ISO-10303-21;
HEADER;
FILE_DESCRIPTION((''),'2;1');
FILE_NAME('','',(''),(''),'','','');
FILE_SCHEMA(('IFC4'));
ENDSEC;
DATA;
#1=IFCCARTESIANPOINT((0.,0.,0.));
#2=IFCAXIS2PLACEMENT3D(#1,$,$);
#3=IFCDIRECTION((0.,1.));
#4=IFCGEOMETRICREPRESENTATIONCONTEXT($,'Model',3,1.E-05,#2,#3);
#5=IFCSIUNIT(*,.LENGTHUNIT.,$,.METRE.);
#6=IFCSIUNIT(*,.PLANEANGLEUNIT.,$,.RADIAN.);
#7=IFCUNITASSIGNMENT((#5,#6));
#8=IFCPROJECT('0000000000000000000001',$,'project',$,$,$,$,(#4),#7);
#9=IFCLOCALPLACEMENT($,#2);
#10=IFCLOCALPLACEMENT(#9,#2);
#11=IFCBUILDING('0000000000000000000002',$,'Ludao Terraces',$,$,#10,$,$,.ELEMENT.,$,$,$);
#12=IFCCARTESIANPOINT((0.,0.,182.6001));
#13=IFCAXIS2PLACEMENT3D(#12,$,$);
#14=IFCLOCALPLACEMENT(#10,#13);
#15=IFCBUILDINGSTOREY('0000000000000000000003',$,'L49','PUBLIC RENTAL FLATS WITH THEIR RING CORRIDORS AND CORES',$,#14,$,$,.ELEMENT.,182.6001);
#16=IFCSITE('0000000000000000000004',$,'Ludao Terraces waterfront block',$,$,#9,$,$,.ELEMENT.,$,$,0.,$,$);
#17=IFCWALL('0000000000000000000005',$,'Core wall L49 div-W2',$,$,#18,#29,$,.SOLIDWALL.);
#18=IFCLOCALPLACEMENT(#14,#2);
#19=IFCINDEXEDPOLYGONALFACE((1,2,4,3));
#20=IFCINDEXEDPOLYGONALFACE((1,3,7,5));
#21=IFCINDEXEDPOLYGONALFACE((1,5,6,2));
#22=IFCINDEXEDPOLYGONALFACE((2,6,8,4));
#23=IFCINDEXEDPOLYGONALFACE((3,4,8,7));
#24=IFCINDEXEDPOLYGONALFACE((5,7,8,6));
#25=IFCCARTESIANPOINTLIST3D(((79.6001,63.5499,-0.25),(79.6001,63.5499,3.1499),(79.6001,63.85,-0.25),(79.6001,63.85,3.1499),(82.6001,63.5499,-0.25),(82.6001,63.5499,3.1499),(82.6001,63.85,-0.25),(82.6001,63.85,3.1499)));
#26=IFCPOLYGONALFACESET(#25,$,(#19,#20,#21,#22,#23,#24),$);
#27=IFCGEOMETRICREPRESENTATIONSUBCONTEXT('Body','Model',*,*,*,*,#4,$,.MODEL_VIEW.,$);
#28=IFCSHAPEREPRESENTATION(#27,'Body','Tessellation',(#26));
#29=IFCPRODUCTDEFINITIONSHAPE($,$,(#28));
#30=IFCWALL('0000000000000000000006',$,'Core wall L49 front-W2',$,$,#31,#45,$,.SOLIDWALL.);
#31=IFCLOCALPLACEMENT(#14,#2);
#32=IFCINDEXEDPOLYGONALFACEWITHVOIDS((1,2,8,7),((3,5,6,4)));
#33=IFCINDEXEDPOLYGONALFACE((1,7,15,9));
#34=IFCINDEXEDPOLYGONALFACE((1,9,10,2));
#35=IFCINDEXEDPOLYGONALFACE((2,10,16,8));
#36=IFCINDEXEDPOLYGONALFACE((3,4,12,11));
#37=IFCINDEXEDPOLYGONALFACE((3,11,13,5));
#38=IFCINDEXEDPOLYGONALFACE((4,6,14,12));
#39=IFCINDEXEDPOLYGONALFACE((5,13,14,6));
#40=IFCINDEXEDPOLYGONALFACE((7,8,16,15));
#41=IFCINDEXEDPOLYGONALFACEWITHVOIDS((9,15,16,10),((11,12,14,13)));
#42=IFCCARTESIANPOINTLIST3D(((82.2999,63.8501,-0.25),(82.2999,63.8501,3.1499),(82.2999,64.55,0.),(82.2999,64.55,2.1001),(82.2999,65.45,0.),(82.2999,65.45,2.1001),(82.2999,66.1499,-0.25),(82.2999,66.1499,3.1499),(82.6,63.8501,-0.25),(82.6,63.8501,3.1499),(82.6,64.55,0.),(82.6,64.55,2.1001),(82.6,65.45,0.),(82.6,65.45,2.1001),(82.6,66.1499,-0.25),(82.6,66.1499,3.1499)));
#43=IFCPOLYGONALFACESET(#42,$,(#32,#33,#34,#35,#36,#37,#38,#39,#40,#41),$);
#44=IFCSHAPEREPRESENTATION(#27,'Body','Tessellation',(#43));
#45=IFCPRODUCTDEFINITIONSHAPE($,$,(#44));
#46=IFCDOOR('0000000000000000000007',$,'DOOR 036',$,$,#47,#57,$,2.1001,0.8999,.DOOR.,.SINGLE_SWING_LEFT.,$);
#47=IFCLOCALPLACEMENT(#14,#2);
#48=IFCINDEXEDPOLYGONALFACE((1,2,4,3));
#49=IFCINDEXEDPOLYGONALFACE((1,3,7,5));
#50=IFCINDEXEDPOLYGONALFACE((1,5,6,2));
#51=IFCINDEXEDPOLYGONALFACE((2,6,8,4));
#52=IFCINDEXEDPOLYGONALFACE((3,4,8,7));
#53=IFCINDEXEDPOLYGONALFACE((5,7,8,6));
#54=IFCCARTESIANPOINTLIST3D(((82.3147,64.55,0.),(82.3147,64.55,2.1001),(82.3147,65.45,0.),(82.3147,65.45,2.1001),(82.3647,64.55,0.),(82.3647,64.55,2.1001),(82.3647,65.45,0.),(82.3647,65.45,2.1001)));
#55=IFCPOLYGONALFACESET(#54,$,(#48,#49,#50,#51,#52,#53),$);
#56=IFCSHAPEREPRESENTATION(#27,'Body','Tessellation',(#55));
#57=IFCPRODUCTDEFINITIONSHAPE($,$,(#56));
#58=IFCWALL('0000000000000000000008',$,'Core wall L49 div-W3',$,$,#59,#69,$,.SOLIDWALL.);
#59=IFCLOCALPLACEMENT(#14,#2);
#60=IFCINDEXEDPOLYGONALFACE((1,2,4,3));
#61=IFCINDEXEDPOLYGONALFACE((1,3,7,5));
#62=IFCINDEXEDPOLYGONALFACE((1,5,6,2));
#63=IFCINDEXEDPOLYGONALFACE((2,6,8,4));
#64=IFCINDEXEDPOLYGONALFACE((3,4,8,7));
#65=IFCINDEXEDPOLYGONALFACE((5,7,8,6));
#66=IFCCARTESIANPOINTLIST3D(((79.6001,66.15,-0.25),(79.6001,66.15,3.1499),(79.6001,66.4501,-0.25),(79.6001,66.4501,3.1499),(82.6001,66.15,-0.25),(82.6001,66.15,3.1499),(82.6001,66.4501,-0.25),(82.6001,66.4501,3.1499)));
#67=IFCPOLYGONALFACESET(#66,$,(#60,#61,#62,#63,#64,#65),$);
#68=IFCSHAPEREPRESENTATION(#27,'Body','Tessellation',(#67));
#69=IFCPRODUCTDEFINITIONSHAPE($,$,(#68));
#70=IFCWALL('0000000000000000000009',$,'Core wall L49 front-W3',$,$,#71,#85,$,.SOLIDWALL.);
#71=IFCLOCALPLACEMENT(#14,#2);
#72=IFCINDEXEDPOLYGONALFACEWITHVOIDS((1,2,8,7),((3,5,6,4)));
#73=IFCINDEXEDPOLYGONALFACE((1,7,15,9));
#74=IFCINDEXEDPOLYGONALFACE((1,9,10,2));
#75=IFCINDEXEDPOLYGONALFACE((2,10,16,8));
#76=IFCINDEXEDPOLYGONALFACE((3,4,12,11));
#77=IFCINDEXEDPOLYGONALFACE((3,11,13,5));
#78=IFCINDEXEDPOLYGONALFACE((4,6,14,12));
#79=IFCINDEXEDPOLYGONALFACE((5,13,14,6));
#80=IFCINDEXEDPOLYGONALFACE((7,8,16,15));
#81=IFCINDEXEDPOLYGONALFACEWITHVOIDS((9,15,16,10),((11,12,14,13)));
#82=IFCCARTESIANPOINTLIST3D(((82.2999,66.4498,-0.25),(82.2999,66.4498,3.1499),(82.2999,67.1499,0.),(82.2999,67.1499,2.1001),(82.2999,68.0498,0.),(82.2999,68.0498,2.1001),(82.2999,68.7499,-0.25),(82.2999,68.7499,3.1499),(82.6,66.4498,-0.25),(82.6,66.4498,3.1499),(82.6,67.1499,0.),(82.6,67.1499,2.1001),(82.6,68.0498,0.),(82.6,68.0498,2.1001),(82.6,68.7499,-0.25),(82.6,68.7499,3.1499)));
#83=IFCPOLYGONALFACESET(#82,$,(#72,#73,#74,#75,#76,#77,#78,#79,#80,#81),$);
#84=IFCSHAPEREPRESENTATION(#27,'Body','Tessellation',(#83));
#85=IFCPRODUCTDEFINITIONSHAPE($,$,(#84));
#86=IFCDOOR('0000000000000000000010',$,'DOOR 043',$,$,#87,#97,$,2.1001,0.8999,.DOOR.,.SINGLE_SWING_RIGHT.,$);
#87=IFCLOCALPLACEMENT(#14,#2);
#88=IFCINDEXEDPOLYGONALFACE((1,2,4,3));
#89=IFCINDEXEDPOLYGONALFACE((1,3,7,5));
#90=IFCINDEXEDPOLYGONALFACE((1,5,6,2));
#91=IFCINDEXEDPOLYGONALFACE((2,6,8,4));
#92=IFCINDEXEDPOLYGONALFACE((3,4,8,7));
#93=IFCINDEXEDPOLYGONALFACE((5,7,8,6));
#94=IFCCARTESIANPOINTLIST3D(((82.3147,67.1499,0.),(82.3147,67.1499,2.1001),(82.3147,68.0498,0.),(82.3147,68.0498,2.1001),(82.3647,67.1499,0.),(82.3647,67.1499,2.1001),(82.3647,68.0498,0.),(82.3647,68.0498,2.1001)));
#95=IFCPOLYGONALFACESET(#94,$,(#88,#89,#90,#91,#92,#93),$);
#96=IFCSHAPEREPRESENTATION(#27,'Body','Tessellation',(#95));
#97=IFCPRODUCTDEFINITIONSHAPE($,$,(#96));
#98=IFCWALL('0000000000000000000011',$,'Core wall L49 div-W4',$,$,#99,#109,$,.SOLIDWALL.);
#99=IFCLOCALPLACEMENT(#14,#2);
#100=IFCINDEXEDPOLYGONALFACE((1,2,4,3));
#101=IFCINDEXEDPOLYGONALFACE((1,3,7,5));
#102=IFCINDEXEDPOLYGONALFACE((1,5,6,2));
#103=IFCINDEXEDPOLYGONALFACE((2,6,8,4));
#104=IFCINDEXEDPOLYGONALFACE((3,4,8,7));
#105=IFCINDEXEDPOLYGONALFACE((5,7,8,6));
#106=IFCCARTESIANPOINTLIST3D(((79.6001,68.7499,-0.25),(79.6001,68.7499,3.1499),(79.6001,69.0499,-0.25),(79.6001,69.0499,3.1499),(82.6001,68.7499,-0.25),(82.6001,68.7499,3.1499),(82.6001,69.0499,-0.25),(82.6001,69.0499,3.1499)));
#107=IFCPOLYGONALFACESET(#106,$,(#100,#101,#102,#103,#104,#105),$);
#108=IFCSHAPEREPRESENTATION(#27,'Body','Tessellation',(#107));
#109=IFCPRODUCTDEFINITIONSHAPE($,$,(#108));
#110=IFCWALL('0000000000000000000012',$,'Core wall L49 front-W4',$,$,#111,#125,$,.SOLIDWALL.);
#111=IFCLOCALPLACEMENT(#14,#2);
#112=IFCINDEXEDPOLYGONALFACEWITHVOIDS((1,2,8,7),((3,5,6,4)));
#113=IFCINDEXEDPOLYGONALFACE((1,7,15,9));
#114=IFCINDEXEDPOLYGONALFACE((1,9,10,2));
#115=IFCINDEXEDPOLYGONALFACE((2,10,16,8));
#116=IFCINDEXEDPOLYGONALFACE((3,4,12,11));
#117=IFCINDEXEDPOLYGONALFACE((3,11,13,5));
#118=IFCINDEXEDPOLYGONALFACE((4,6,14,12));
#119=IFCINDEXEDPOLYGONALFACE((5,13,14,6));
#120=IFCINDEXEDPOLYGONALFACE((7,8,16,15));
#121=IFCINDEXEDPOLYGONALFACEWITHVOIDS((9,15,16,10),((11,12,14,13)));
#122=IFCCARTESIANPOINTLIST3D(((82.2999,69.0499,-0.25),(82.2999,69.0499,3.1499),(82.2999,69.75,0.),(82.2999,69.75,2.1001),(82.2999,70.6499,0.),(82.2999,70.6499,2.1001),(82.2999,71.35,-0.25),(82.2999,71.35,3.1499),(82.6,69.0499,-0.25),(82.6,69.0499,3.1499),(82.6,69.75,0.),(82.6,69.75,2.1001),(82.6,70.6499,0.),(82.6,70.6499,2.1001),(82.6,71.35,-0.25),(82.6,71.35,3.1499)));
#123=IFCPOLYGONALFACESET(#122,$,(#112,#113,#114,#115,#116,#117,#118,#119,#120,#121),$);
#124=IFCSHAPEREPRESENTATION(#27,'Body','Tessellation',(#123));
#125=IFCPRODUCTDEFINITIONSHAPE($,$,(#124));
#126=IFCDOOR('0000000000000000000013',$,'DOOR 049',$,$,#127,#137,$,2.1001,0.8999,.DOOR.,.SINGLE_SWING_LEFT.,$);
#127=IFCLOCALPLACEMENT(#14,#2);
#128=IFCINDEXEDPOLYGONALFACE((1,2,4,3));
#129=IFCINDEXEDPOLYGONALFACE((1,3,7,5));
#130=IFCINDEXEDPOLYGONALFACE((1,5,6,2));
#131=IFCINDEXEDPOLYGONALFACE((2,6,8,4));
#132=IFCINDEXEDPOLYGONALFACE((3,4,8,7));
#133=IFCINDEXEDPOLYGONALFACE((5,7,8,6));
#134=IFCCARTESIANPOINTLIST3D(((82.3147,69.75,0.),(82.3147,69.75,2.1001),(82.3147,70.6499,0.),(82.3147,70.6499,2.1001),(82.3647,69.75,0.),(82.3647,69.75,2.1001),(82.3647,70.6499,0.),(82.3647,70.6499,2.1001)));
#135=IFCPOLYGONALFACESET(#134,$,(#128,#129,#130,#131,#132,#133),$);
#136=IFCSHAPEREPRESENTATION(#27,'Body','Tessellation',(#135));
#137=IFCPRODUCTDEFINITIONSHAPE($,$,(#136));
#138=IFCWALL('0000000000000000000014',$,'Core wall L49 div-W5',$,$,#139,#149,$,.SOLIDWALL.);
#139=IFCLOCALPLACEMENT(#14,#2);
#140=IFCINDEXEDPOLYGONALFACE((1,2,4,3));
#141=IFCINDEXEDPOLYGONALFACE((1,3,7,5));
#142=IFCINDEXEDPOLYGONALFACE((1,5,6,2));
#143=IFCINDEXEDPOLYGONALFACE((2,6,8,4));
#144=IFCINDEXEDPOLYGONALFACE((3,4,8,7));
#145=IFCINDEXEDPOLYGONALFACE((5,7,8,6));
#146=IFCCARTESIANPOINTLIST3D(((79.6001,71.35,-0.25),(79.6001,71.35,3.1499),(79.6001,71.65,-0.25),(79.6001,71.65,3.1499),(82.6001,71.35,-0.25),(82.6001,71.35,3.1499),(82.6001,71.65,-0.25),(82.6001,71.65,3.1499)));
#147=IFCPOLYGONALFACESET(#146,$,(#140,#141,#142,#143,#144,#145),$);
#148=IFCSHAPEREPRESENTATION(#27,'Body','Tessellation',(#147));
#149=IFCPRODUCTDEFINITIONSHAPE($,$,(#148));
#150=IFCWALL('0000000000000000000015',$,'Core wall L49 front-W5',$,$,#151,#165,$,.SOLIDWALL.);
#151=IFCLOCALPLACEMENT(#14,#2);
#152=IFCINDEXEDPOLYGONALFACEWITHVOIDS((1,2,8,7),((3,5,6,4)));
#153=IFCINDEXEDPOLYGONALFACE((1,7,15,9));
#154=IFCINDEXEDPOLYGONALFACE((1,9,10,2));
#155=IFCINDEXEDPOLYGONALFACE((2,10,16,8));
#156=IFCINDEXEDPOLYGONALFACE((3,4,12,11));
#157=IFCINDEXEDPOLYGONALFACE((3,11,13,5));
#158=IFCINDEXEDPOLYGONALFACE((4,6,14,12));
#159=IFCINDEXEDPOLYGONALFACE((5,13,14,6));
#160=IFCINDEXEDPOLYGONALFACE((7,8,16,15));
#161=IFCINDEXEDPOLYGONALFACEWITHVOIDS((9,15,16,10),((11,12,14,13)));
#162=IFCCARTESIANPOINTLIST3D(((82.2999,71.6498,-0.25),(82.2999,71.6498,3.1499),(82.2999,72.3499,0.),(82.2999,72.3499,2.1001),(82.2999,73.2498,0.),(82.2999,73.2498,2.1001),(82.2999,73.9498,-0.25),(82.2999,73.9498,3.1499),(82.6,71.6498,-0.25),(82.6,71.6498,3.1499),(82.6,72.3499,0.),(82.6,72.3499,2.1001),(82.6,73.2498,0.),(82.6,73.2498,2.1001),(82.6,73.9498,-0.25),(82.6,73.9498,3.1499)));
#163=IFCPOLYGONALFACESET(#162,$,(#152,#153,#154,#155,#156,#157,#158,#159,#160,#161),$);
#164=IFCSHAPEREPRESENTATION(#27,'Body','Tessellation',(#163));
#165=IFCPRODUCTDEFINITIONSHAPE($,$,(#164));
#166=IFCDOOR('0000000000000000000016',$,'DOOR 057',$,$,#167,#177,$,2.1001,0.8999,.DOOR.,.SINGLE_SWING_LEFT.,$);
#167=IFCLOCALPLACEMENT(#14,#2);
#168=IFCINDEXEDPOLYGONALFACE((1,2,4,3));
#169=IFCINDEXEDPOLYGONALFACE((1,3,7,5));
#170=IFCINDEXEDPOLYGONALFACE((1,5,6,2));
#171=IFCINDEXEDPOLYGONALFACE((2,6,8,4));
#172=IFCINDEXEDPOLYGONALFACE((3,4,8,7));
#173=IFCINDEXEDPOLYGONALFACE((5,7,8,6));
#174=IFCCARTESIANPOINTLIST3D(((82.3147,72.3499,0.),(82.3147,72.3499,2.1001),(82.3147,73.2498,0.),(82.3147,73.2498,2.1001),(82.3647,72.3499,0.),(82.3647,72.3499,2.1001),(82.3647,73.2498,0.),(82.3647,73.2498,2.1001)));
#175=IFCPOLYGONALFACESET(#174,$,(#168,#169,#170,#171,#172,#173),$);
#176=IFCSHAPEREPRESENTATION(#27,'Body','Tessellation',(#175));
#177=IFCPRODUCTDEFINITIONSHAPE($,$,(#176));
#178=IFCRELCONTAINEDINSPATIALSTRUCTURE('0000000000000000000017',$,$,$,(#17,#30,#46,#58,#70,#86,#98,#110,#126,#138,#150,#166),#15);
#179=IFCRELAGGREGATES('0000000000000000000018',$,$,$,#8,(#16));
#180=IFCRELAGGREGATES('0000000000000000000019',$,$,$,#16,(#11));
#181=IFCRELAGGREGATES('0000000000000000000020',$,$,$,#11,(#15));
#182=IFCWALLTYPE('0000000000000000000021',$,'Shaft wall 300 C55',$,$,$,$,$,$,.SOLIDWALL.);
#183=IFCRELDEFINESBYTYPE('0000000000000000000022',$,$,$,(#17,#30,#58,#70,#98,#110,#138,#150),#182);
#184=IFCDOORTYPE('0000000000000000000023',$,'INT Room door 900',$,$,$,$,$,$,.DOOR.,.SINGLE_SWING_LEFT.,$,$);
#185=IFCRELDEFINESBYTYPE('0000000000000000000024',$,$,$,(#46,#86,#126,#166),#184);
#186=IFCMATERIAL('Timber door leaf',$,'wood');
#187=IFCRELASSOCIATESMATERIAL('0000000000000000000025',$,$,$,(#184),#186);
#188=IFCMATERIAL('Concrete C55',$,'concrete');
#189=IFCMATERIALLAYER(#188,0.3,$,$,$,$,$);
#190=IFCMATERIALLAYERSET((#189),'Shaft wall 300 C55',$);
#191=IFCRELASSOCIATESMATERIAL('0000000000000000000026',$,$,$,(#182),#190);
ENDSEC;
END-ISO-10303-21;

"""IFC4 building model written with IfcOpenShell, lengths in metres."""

from ifc_helpers import new_model, si_unit, direction, frame, frame_2d, origin, place, context, subcontext, project, spatial, rectangle, extrude, material, layer, layer_set, type_object, element, fill, save


model = new_model("IFC4")

# Units and contexts
model_context = context("Model", 3, precision=1e-05, world=origin(), true_north=direction((0.0, 1.0)))
body_context = subcontext(model_context, "Body", "Model", "MODEL_VIEW")
ifc_project = project(units=[si_unit("LENGTHUNIT", "METRE"), si_unit("PLANEANGLEUNIT", "RADIAN")], contexts=[model_context])

# Site, building, storey
site_placement = place(None, origin())
site = spatial("IfcSite", under=ifc_project, at=site_placement, Name="Ludao Terraces waterfront block", CompositionType="ELEMENT", RefElevation=0.0)
building_placement = place(site_placement, origin())
building = spatial("IfcBuilding", under=site, at=building_placement, Name="Ludao Terraces", CompositionType="ELEMENT")
storey_placement = place(building_placement, frame((0.0, 0.0, 182.6001)))
storey = spatial("IfcBuildingStorey", under=building, at=storey_placement, Name="L49", Description="PUBLIC RENTAL FLATS WITH THEIR RING CORRIDORS AND CORES", CompositionType="ELEMENT", Elevation=182.6001)

# Shared definitions
ifc_material_1 = material(Name="Timber door leaf", Category="wood")
door_type_1 = type_object("IfcDoorType", Name="INT Room door 900", OperationType="SINGLE_SWING_LEFT", PredefinedType="DOOR", material=ifc_material_1)

# Wall
ifc_material_2 = material(Name="Concrete C55", Category="concrete")
ifc_layer_1 = layer(ifc_material_2, 0.3)
ifc_layer_set_1 = layer_set([ifc_layer_1], Name="Shaft wall 300 C55")
wall_type_1 = type_object("IfcWallType", Name="Shaft wall 300 C55", PredefinedType="SOLIDWALL", material=ifc_layer_set_1)
wall_1_placement = place(storey_placement, frame((79.6001, 63.7, -0.25), z_axis=(0.0, 0.0, 1.0), x_axis=(1.0, 0.0, 0.0)))
element("IfcWall", 1, at=wall_1_placement, inside=storey, type_object=wall_type_1, Name="Core wall L49 div-W2", PredefinedType="SOLIDWALL", context=body_context, shape_type="SweptSolid", body=[
    extrude(rectangle(XDim=3.0, YDim=0.3, at=frame_2d((1.5, 0.0))), origin(), (0.0, 0.0, 1.0), 3.3999),
])

# Wall, opening, door
wall_2_placement = place(storey_placement, frame((82.45, 63.8501, -0.25), z_axis=(0.0, 0.0, 1.0), x_axis=(0.0, 1.0, 0.0)))
wall_2 = element("IfcWall", 2, at=wall_2_placement, inside=storey, type_object=wall_type_1, Name="Core wall L49 front-W2", PredefinedType="SOLIDWALL", context=body_context, shape_type="SweptSolid", body=[
    extrude(rectangle(XDim=2.2998, YDim=0.3, at=frame_2d((1.1499, 0.0))), origin(), (0.0, 0.0, 1.0), 3.3999),
])
opening_1_placement = place(wall_2_placement, frame((0.7, 0.0, 0.25)))
opening_1 = element("IfcOpeningElement", 3, at=opening_1_placement, cuts=wall_2, PredefinedType="OPENING", context=body_context, shape_type="SweptSolid", body=[
    extrude(rectangle(XDim=0.8999, YDim=2.1001, at=frame_2d((0.45, 1.05))), frame((0.0, 0.1602, 0.0), z_axis=(0.0, -1.0, 0.0), x_axis=(1.0, 0.0, 0.0)), (0.0, 0.0, 1.0), 0.3201),
])
door_1_placement = place(opening_1_placement, origin())
door_1 = element("IfcDoor", 4, at=door_1_placement, inside=storey, type_object=door_type_1, Name="DOOR 036", OperationType="SINGLE_SWING_LEFT", OverallHeight=2.1001, OverallWidth=0.8999, PredefinedType="DOOR", context=body_context, shape_type="SweptSolid", body=[
    extrude(rectangle(XDim=0.8999, YDim=2.1001, at=frame_2d((0.45, 1.05))), frame((0.0, 0.1353, 0.0), z_axis=(0.0, -1.0, 0.0), x_axis=(1.0, 0.0, 0.0)), (0.0, 0.0, 1.0), 0.05),
])
fill(opening_1, door_1)

# Wall
wall_3_placement = place(storey_placement, frame((79.6001, 66.3, -0.25), z_axis=(0.0, 0.0, 1.0), x_axis=(1.0, 0.0, 0.0)))
element("IfcWall", 5, at=wall_3_placement, inside=storey, type_object=wall_type_1, Name="Core wall L49 div-W3", PredefinedType="SOLIDWALL", context=body_context, shape_type="SweptSolid", body=[
    extrude(rectangle(XDim=3.0, YDim=0.3, at=frame_2d((1.5, 0.0))), origin(), (0.0, 0.0, 1.0), 3.3999),
])

# Wall, opening, door
wall_4_placement = place(storey_placement, frame((82.45, 66.45, -0.25), z_axis=(0.0, 0.0, 1.0), x_axis=(0.0, 1.0, 0.0)))
wall_4 = element("IfcWall", 6, at=wall_4_placement, inside=storey, type_object=wall_type_1, Name="Core wall L49 front-W3", PredefinedType="SOLIDWALL", context=body_context, shape_type="SweptSolid", body=[
    extrude(rectangle(XDim=2.3, YDim=0.3, at=frame_2d((1.1499, 0.0))), origin(), (0.0, 0.0, 1.0), 3.3999),
])
opening_2_placement = place(wall_4_placement, frame((0.7, 0.0, 0.25)))
opening_2 = element("IfcOpeningElement", 7, at=opening_2_placement, cuts=wall_4, PredefinedType="OPENING", context=body_context, shape_type="SweptSolid", body=[
    extrude(rectangle(XDim=0.8999, YDim=2.1001, at=frame_2d((0.45, 1.05))), frame((0.0, 0.1602, 0.0), z_axis=(0.0, -1.0, 0.0), x_axis=(1.0, 0.0, 0.0)), (0.0, 0.0, 1.0), 0.3201),
])
door_2_placement = place(opening_2_placement, origin())
door_2 = element("IfcDoor", 8, at=door_2_placement, inside=storey, type_object=door_type_1, Name="DOOR 043", OperationType="SINGLE_SWING_RIGHT", OverallHeight=2.1001, OverallWidth=0.8999, PredefinedType="DOOR", context=body_context, shape_type="SweptSolid", body=[
    extrude(rectangle(XDim=0.8999, YDim=2.1001, at=frame_2d((0.45, 1.05))), frame((0.0, 0.1353, 0.0), z_axis=(0.0, -1.0, 0.0), x_axis=(1.0, 0.0, 0.0)), (0.0, 0.0, 1.0), 0.05),
])
fill(opening_2, door_2)

# Wall
wall_5_placement = place(storey_placement, frame((79.6001, 68.8999, -0.25), z_axis=(0.0, 0.0, 1.0), x_axis=(1.0, 0.0, 0.0)))
element("IfcWall", 9, at=wall_5_placement, inside=storey, type_object=wall_type_1, Name="Core wall L49 div-W4", PredefinedType="SOLIDWALL", context=body_context, shape_type="SweptSolid", body=[
    extrude(rectangle(XDim=3.0, YDim=0.3, at=frame_2d((1.5, 0.0))), origin(), (0.0, 0.0, 1.0), 3.3999),
])

# Wall, opening, door
wall_6_placement = place(storey_placement, frame((82.45, 69.05, -0.25), z_axis=(0.0, 0.0, 1.0), x_axis=(0.0, 1.0, 0.0)))
wall_6 = element("IfcWall", 10, at=wall_6_placement, inside=storey, type_object=wall_type_1, Name="Core wall L49 front-W4", PredefinedType="SOLIDWALL", context=body_context, shape_type="SweptSolid", body=[
    extrude(rectangle(XDim=2.3, YDim=0.3, at=frame_2d((1.1499, 0.0))), origin(), (0.0, 0.0, 1.0), 3.3999),
])
opening_3_placement = place(wall_6_placement, frame((0.7, 0.0, 0.25)))
opening_3 = element("IfcOpeningElement", 11, at=opening_3_placement, cuts=wall_6, PredefinedType="OPENING", context=body_context, shape_type="SweptSolid", body=[
    extrude(rectangle(XDim=0.8999, YDim=2.1001, at=frame_2d((0.45, 1.05))), frame((0.0, 0.1602, 0.0), z_axis=(0.0, -1.0, 0.0), x_axis=(1.0, 0.0, 0.0)), (0.0, 0.0, 1.0), 0.3201),
])
door_3_placement = place(opening_3_placement, origin())
door_3 = element("IfcDoor", 12, at=door_3_placement, inside=storey, type_object=door_type_1, Name="DOOR 049", OperationType="SINGLE_SWING_LEFT", OverallHeight=2.1001, OverallWidth=0.8999, PredefinedType="DOOR", context=body_context, shape_type="SweptSolid", body=[
    extrude(rectangle(XDim=0.8999, YDim=2.1001, at=frame_2d((0.45, 1.05))), frame((0.0, 0.1353, 0.0), z_axis=(0.0, -1.0, 0.0), x_axis=(1.0, 0.0, 0.0)), (0.0, 0.0, 1.0), 0.05),
])
fill(opening_3, door_3)

# Wall
wall_7_placement = place(storey_placement, frame((79.6001, 71.5, -0.25), z_axis=(0.0, 0.0, 1.0), x_axis=(1.0, 0.0, 0.0)))
element("IfcWall", 13, at=wall_7_placement, inside=storey, type_object=wall_type_1, Name="Core wall L49 div-W5", PredefinedType="SOLIDWALL", context=body_context, shape_type="SweptSolid", body=[
    extrude(rectangle(XDim=3.0, YDim=0.3, at=frame_2d((1.5, 0.0))), origin(), (0.0, 0.0, 1.0), 3.3999),
])

# Wall, opening, door
wall_8_placement = place(storey_placement, frame((82.45, 71.6499, -0.25), z_axis=(0.0, 0.0, 1.0), x_axis=(0.0, 1.0, 0.0)))
wall_8 = element("IfcWall", 14, at=wall_8_placement, inside=storey, type_object=wall_type_1, Name="Core wall L49 front-W5", PredefinedType="SOLIDWALL", context=body_context, shape_type="SweptSolid", body=[
    extrude(rectangle(XDim=2.3, YDim=0.3, at=frame_2d((1.1499, 0.0))), origin(), (0.0, 0.0, 1.0), 3.3999),
])
opening_4_placement = place(wall_8_placement, frame((0.7, 0.0, 0.25)))
opening_4 = element("IfcOpeningElement", 15, at=opening_4_placement, cuts=wall_8, PredefinedType="OPENING", context=body_context, shape_type="SweptSolid", body=[
    extrude(rectangle(XDim=0.8999, YDim=2.1001, at=frame_2d((0.45, 1.05))), frame((0.0, 0.1602, 0.0), z_axis=(0.0, -1.0, 0.0), x_axis=(1.0, 0.0, 0.0)), (0.0, 0.0, 1.0), 0.3201),
])
door_4_placement = place(opening_4_placement, origin())
door_4 = element("IfcDoor", 16, at=door_4_placement, inside=storey, type_object=door_type_1, Name="DOOR 057", OperationType="SINGLE_SWING_LEFT", OverallHeight=2.1001, OverallWidth=0.8999, PredefinedType="DOOR", context=body_context, shape_type="SweptSolid", body=[
    extrude(rectangle(XDim=0.8999, YDim=2.1001, at=frame_2d((0.45, 1.05))), frame((0.0, 0.1353, 0.0), z_axis=(0.0, -1.0, 0.0), x_axis=(1.0, 0.0, 0.0)), (0.0, 0.0, 1.0), 0.05),
])
fill(opening_4, door_4)

save(model, "model.ifc")
